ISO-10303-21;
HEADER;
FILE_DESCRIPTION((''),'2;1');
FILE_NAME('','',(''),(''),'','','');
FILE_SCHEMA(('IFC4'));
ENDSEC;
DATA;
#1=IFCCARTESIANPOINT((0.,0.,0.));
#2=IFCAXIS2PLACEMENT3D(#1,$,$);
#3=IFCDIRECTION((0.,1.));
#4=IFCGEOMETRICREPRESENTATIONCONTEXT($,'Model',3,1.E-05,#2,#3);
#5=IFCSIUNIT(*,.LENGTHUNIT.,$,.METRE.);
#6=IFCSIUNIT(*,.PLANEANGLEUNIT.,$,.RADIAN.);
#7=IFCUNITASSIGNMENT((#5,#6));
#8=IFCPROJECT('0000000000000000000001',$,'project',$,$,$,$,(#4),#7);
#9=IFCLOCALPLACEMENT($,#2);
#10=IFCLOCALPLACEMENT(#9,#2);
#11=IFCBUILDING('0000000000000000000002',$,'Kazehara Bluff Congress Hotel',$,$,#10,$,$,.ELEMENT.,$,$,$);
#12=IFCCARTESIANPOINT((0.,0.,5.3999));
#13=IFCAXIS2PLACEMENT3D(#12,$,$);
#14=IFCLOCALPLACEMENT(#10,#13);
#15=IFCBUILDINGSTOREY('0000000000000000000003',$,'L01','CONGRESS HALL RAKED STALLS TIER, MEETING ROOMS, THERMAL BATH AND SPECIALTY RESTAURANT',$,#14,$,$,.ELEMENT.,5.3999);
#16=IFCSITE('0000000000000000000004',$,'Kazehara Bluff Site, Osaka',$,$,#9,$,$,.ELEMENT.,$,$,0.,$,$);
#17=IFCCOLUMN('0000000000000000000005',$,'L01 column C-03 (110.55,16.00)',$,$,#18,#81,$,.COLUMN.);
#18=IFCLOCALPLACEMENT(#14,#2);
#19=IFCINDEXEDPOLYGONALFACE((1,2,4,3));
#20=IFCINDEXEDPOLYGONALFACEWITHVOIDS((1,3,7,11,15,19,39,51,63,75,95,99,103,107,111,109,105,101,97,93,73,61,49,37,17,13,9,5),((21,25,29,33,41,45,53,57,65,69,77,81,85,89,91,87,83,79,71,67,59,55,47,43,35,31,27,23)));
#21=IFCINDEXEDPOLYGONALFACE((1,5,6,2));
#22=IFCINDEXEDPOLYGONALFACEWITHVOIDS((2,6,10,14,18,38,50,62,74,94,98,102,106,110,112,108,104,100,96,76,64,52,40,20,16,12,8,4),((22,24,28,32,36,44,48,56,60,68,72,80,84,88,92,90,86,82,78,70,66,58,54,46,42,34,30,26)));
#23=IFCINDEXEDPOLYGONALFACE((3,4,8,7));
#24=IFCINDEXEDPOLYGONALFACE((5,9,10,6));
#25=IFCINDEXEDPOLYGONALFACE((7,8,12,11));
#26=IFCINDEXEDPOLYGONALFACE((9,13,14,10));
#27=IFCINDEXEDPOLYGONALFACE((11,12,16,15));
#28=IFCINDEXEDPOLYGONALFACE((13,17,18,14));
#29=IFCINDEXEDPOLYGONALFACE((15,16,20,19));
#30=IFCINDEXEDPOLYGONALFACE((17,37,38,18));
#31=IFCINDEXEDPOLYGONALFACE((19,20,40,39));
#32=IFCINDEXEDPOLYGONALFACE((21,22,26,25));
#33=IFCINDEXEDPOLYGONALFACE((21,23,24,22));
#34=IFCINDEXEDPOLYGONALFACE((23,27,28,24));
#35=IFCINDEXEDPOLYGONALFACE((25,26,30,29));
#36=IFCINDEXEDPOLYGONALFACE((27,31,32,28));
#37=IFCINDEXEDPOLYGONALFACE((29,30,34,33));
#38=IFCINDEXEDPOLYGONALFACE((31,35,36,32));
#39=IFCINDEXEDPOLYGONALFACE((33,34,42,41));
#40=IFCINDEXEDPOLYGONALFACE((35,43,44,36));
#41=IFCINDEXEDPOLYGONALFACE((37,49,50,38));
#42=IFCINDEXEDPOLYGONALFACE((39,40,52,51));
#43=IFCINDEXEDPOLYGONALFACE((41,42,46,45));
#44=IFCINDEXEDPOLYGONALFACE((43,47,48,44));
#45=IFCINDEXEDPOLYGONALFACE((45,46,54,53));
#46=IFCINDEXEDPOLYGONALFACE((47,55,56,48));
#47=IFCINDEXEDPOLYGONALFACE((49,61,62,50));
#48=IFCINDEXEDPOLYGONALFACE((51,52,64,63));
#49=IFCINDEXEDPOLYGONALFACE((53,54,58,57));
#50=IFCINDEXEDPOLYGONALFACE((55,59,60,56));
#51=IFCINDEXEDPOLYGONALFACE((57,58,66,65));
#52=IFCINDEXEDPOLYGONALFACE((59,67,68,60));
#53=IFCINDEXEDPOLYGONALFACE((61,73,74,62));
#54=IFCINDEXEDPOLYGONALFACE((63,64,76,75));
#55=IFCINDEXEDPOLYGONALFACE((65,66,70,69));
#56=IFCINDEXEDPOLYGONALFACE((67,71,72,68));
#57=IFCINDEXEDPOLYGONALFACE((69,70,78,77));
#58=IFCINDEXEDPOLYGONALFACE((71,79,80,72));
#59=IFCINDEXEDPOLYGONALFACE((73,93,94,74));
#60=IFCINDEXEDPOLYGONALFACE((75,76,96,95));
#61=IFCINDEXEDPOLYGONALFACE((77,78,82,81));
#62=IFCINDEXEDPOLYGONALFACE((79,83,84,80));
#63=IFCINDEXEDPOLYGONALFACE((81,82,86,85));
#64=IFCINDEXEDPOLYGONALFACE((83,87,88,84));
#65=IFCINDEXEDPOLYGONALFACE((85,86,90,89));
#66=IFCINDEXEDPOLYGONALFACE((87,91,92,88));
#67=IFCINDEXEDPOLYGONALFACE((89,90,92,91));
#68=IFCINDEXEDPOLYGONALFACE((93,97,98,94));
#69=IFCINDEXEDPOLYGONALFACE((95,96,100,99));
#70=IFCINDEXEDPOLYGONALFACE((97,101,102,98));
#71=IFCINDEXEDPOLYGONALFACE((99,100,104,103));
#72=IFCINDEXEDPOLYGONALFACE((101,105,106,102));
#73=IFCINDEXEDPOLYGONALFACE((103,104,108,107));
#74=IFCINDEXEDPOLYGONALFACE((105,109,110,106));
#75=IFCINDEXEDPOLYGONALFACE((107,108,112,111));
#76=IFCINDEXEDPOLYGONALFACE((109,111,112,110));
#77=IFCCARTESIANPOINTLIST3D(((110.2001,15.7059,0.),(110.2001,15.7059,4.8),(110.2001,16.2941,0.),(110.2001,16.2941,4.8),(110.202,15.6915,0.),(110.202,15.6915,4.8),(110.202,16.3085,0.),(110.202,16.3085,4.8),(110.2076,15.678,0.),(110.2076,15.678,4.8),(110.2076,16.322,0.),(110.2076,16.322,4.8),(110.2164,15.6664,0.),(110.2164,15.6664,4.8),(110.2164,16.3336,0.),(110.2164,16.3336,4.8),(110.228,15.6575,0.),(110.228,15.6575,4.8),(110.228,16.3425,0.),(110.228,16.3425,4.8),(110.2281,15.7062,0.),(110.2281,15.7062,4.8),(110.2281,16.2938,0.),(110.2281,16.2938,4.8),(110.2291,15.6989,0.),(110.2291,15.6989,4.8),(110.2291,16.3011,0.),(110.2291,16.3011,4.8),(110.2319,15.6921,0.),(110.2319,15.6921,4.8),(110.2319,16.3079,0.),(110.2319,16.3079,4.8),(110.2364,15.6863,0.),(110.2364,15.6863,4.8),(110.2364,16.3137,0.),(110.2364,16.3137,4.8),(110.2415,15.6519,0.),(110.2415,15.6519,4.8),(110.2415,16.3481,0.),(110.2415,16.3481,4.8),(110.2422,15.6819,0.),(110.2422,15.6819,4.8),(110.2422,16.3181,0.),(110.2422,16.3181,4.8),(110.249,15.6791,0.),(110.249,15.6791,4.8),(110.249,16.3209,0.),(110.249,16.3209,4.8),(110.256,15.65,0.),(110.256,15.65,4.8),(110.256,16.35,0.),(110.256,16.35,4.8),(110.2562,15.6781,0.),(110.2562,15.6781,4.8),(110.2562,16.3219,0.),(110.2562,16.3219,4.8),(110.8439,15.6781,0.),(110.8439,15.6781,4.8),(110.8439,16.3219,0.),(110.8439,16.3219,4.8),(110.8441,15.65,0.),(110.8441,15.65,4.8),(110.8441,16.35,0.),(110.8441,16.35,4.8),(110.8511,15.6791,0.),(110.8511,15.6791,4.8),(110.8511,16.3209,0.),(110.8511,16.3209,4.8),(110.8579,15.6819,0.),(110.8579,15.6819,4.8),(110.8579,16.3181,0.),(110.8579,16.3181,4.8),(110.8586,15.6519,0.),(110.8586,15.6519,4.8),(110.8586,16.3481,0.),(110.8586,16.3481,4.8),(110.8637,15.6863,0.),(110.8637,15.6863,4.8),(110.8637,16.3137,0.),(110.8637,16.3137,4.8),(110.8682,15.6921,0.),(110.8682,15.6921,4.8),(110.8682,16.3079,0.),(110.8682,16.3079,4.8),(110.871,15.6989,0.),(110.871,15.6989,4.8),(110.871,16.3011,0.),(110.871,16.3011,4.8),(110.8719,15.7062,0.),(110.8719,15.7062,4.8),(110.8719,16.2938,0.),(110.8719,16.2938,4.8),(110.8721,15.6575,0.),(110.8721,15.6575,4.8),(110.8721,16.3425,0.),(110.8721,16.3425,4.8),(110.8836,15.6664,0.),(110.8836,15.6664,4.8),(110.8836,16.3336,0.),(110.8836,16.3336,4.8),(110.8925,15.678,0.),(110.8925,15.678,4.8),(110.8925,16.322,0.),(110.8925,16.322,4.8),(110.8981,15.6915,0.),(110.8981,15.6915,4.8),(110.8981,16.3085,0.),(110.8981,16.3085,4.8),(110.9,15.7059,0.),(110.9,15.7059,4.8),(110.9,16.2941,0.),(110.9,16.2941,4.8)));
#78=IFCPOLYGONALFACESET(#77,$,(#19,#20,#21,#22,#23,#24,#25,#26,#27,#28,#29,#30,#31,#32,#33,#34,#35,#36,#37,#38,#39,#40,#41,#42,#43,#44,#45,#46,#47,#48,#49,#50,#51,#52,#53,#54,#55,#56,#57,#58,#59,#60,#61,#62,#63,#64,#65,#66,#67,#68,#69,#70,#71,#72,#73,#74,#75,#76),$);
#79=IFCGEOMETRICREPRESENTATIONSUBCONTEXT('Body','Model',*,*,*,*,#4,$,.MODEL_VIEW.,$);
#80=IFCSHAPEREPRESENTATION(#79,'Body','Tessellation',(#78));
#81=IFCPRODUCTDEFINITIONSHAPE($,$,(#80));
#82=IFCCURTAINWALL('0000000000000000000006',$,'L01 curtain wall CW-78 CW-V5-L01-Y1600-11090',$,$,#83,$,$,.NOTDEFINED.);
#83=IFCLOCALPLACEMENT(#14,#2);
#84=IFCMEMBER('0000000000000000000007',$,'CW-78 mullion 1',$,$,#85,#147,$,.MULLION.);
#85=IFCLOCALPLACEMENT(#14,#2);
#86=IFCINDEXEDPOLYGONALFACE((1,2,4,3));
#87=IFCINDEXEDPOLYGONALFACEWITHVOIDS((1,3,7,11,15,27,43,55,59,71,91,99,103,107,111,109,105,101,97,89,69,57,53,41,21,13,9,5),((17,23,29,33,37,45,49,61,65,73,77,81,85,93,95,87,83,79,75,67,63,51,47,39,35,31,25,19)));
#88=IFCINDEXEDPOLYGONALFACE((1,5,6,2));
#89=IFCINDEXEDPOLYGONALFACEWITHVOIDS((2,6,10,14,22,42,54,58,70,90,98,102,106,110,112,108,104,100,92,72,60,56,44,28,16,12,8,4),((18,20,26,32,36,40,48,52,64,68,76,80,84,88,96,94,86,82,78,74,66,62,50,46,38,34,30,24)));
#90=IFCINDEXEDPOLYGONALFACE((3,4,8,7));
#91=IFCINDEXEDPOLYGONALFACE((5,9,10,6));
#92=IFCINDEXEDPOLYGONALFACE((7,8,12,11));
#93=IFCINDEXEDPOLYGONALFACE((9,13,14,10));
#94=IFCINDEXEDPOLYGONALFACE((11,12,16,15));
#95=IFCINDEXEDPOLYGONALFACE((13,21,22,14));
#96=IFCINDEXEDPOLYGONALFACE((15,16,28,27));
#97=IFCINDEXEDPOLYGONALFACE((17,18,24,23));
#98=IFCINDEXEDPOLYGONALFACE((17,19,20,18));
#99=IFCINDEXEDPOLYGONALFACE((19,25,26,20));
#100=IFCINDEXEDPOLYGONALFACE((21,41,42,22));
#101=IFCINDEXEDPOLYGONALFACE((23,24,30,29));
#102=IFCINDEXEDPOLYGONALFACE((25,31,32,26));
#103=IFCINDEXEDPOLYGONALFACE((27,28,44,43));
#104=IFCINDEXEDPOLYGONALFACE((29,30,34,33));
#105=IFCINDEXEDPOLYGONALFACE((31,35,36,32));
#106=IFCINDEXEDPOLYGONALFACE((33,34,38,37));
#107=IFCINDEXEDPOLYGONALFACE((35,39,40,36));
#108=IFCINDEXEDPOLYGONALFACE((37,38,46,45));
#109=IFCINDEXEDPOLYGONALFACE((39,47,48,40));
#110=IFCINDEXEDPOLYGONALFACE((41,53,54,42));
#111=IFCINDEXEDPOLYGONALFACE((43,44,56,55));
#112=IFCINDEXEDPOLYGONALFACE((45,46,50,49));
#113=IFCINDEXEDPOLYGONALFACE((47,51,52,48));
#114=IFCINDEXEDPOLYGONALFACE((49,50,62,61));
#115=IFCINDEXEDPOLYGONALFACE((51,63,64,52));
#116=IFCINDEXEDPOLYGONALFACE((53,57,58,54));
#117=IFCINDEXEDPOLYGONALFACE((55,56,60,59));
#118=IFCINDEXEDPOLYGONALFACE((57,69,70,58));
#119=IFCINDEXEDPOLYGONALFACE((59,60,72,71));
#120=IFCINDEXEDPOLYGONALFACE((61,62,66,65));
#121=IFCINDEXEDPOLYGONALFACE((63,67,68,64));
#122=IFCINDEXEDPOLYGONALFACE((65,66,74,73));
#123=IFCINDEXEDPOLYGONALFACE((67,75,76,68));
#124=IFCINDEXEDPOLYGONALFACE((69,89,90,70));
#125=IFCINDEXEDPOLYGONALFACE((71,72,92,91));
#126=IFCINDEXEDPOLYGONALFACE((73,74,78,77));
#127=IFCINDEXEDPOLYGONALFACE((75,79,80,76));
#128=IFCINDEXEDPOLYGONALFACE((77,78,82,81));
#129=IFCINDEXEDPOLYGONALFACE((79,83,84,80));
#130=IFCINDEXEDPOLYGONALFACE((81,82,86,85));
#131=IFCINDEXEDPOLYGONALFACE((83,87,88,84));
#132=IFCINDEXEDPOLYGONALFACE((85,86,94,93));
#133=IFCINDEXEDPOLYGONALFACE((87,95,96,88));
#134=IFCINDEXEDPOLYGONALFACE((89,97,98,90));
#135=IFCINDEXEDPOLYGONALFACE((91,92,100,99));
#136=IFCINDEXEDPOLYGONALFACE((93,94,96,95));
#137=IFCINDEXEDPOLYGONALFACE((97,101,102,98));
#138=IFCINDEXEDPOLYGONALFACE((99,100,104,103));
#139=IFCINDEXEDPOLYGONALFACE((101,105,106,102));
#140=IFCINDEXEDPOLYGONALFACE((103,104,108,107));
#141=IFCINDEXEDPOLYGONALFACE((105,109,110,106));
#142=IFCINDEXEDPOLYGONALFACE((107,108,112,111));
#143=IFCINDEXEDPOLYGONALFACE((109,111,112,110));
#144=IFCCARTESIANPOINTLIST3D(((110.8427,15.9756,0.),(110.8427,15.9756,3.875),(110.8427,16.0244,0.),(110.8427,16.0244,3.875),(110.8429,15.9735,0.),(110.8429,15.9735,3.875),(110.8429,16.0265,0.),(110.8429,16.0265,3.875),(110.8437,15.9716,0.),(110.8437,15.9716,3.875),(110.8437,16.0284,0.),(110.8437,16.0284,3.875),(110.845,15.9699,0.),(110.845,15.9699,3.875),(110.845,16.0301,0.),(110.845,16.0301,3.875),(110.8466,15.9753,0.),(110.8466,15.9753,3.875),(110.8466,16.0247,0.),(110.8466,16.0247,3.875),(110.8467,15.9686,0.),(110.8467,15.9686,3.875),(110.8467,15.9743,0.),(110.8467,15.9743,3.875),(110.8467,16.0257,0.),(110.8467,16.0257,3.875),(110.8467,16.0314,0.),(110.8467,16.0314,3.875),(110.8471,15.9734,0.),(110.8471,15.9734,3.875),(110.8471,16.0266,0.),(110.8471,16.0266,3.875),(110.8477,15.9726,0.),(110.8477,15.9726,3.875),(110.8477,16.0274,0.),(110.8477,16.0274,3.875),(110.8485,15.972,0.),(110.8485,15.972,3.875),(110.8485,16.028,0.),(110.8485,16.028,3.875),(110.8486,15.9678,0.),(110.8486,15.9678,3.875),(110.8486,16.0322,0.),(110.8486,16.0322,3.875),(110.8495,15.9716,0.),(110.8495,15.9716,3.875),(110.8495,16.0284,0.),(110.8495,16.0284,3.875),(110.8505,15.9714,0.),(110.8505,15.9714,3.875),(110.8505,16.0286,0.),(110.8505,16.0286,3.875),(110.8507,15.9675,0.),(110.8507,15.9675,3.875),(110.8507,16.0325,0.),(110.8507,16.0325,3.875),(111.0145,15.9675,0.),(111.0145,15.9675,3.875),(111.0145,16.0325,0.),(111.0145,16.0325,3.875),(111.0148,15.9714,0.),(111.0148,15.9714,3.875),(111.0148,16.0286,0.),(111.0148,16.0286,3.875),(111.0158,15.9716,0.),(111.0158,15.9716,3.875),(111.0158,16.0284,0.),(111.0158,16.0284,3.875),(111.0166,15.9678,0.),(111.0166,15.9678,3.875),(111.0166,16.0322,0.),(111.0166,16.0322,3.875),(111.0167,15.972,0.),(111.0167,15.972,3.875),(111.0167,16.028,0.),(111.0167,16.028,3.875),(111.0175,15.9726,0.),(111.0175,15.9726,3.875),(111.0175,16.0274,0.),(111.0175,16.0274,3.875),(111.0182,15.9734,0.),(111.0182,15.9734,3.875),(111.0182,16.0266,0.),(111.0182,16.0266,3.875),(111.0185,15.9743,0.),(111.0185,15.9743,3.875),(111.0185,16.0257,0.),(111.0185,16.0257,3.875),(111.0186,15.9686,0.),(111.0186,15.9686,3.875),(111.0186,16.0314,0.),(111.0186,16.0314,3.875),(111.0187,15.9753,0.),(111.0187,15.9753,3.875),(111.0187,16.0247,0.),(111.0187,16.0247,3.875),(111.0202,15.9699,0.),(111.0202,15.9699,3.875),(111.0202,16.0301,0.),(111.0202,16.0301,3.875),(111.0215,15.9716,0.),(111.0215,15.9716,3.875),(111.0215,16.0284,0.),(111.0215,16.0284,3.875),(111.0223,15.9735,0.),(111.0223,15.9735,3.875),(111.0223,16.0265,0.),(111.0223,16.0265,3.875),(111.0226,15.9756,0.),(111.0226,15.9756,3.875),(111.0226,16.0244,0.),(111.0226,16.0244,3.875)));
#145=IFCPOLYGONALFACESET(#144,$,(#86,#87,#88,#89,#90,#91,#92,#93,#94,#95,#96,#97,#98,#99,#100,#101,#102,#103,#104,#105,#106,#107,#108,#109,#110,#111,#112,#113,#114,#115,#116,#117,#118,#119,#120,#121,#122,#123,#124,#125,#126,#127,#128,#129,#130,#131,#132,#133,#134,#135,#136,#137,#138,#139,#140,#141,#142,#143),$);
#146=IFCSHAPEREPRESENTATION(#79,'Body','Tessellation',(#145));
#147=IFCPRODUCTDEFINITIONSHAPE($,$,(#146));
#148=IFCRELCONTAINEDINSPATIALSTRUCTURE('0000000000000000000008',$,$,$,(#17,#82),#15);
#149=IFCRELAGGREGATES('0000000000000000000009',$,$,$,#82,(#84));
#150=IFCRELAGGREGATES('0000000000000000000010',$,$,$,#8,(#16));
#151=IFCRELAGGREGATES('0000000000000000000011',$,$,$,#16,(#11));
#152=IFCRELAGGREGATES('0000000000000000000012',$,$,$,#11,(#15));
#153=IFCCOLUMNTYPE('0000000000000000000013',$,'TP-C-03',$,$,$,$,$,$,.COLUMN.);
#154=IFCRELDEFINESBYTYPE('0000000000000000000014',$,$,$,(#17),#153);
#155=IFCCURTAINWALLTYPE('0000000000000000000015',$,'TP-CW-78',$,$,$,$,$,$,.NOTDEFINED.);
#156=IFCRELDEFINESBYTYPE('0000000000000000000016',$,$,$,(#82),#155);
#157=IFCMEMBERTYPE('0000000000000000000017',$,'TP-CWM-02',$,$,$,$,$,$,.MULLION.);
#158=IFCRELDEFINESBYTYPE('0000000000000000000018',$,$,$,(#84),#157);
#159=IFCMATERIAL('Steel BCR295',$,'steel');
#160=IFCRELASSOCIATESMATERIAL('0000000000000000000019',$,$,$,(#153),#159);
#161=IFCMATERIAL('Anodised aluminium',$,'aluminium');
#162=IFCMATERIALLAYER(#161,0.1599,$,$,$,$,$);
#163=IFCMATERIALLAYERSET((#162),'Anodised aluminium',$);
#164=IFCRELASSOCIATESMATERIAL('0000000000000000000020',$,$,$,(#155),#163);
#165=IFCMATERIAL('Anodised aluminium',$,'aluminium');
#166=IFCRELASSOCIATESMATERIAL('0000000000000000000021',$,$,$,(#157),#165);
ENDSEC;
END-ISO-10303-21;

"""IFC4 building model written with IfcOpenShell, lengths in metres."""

from ifc_helpers import new_model, si_unit, direction, frame, origin, origin_2d, place, context, subcontext, project, spatial, hollow_rectangle, extrude, material, layer, layer_set, material_profile, profile_set, type_object, element, aggregate, save


model = new_model("IFC4")

# Units and contexts
model_context = context("Model", 3, precision=1e-05, world=origin(), true_north=direction((0.0, 1.0)))
body_context = subcontext(model_context, "Body", "Model", "MODEL_VIEW")
ifc_project = project(units=[si_unit("LENGTHUNIT", "METRE"), si_unit("PLANEANGLEUNIT", "RADIAN")], contexts=[model_context])

# Site, building, storey
site_placement = place(None, origin())
site = spatial("IfcSite", under=ifc_project, at=site_placement, Name="Kazehara Bluff Site, Osaka", CompositionType="ELEMENT", RefElevation=0.0)
building_placement = place(site_placement, origin())
building = spatial("IfcBuilding", under=site, at=building_placement, Name="Kazehara Bluff Congress Hotel", CompositionType="ELEMENT")
storey_placement = place(building_placement, frame((0.0, 0.0, 5.3999)))
storey = spatial("IfcBuildingStorey", under=building, at=storey_placement, Name="L01", Description="CONGRESS HALL RAKED STALLS TIER, MEETING ROOMS, THERMAL BATH AND SPECIALTY RESTAURANT", CompositionType="ELEMENT", Elevation=5.3999)

# Column
ifc_material_1 = material(Name="Steel BCR295", Category="steel")
ifc_material_profile_1 = material_profile(ifc_material_1, hollow_rectangle(XDim=0.7, YDim=0.7, WallThickness=0.0281, InnerFilletRadius=0.0281, OuterFilletRadius=0.0559, at=origin_2d()))
ifc_profile_set_1 = profile_set([ifc_material_profile_1], Name="Steel BCR295")
column_type = type_object("IfcColumnType", Name="TP-C-03", PredefinedType="COLUMN", material=ifc_profile_set_1)
column_placement = place(storey_placement, frame((110.55, 16.0, 0.0), z_axis=(0.0, 0.0, 1.0), x_axis=(1.0, 0.0, 0.0)))
element("IfcColumn", 1, at=column_placement, inside=storey, type_object=column_type, Name="L01 column C-03 (110.55,16.00)", PredefinedType="COLUMN", context=body_context, shape_type="SweptSolid", body=[
    extrude(hollow_rectangle(XDim=0.7, YDim=0.7, WallThickness=0.0281, InnerFilletRadius=0.0281, OuterFilletRadius=0.0559, at=origin_2d()), origin(), (0.0, 0.0, 1.0), 4.8),
])

# Curtain wall, member
ifc_material_2 = material(Name="Anodised aluminium", Category="aluminium")
ifc_layer_1 = layer(ifc_material_2, 0.1599)
ifc_layer_set_1 = layer_set([ifc_layer_1], Name="Anodised aluminium")
curtain_wall_type = type_object("IfcCurtainWallType", Name="TP-CW-78", PredefinedType="NOTDEFINED", material=ifc_layer_set_1)
curtain_wall_placement = place(storey_placement, origin())
curtain_wall = element("IfcCurtainWall", 2, at=curtain_wall_placement, inside=storey, type_object=curtain_wall_type, Name="L01 curtain wall CW-78 CW-V5-L01-Y1600-11090", PredefinedType="NOTDEFINED")
ifc_material_3 = material(Name="Anodised aluminium", Category="aluminium")
ifc_material_profile_2 = material_profile(ifc_material_3, hollow_rectangle(XDim=0.0649, YDim=0.1799, WallThickness=0.0039, InnerFilletRadius=0.0039, OuterFilletRadius=0.0081, at=origin_2d()))
ifc_profile_set_2 = profile_set([ifc_material_profile_2], Name="Anodised aluminium")
member_type_1 = type_object("IfcMemberType", Name="TP-CWM-02", PredefinedType="MULLION", material=ifc_profile_set_2)
member_1_placement = place(storey_placement, frame((110.9326, 16.0, 0.0), z_axis=(0.0, 0.0, 1.0), x_axis=(0.0, 1.0, 0.0)))
member_1 = element("IfcMember", 3, at=member_1_placement, type_object=member_type_1, Name="CW-78 mullion 1", PredefinedType="MULLION", context=body_context, shape_type="SweptSolid", body=[
    extrude(hollow_rectangle(XDim=0.0649, YDim=0.1799, WallThickness=0.0039, InnerFilletRadius=0.0039, OuterFilletRadius=0.0081, at=origin_2d()), origin(), (0.0, 0.0, 1.0), 3.875),
])

aggregate(curtain_wall, [member_1])

save(model, "model.ifc")
